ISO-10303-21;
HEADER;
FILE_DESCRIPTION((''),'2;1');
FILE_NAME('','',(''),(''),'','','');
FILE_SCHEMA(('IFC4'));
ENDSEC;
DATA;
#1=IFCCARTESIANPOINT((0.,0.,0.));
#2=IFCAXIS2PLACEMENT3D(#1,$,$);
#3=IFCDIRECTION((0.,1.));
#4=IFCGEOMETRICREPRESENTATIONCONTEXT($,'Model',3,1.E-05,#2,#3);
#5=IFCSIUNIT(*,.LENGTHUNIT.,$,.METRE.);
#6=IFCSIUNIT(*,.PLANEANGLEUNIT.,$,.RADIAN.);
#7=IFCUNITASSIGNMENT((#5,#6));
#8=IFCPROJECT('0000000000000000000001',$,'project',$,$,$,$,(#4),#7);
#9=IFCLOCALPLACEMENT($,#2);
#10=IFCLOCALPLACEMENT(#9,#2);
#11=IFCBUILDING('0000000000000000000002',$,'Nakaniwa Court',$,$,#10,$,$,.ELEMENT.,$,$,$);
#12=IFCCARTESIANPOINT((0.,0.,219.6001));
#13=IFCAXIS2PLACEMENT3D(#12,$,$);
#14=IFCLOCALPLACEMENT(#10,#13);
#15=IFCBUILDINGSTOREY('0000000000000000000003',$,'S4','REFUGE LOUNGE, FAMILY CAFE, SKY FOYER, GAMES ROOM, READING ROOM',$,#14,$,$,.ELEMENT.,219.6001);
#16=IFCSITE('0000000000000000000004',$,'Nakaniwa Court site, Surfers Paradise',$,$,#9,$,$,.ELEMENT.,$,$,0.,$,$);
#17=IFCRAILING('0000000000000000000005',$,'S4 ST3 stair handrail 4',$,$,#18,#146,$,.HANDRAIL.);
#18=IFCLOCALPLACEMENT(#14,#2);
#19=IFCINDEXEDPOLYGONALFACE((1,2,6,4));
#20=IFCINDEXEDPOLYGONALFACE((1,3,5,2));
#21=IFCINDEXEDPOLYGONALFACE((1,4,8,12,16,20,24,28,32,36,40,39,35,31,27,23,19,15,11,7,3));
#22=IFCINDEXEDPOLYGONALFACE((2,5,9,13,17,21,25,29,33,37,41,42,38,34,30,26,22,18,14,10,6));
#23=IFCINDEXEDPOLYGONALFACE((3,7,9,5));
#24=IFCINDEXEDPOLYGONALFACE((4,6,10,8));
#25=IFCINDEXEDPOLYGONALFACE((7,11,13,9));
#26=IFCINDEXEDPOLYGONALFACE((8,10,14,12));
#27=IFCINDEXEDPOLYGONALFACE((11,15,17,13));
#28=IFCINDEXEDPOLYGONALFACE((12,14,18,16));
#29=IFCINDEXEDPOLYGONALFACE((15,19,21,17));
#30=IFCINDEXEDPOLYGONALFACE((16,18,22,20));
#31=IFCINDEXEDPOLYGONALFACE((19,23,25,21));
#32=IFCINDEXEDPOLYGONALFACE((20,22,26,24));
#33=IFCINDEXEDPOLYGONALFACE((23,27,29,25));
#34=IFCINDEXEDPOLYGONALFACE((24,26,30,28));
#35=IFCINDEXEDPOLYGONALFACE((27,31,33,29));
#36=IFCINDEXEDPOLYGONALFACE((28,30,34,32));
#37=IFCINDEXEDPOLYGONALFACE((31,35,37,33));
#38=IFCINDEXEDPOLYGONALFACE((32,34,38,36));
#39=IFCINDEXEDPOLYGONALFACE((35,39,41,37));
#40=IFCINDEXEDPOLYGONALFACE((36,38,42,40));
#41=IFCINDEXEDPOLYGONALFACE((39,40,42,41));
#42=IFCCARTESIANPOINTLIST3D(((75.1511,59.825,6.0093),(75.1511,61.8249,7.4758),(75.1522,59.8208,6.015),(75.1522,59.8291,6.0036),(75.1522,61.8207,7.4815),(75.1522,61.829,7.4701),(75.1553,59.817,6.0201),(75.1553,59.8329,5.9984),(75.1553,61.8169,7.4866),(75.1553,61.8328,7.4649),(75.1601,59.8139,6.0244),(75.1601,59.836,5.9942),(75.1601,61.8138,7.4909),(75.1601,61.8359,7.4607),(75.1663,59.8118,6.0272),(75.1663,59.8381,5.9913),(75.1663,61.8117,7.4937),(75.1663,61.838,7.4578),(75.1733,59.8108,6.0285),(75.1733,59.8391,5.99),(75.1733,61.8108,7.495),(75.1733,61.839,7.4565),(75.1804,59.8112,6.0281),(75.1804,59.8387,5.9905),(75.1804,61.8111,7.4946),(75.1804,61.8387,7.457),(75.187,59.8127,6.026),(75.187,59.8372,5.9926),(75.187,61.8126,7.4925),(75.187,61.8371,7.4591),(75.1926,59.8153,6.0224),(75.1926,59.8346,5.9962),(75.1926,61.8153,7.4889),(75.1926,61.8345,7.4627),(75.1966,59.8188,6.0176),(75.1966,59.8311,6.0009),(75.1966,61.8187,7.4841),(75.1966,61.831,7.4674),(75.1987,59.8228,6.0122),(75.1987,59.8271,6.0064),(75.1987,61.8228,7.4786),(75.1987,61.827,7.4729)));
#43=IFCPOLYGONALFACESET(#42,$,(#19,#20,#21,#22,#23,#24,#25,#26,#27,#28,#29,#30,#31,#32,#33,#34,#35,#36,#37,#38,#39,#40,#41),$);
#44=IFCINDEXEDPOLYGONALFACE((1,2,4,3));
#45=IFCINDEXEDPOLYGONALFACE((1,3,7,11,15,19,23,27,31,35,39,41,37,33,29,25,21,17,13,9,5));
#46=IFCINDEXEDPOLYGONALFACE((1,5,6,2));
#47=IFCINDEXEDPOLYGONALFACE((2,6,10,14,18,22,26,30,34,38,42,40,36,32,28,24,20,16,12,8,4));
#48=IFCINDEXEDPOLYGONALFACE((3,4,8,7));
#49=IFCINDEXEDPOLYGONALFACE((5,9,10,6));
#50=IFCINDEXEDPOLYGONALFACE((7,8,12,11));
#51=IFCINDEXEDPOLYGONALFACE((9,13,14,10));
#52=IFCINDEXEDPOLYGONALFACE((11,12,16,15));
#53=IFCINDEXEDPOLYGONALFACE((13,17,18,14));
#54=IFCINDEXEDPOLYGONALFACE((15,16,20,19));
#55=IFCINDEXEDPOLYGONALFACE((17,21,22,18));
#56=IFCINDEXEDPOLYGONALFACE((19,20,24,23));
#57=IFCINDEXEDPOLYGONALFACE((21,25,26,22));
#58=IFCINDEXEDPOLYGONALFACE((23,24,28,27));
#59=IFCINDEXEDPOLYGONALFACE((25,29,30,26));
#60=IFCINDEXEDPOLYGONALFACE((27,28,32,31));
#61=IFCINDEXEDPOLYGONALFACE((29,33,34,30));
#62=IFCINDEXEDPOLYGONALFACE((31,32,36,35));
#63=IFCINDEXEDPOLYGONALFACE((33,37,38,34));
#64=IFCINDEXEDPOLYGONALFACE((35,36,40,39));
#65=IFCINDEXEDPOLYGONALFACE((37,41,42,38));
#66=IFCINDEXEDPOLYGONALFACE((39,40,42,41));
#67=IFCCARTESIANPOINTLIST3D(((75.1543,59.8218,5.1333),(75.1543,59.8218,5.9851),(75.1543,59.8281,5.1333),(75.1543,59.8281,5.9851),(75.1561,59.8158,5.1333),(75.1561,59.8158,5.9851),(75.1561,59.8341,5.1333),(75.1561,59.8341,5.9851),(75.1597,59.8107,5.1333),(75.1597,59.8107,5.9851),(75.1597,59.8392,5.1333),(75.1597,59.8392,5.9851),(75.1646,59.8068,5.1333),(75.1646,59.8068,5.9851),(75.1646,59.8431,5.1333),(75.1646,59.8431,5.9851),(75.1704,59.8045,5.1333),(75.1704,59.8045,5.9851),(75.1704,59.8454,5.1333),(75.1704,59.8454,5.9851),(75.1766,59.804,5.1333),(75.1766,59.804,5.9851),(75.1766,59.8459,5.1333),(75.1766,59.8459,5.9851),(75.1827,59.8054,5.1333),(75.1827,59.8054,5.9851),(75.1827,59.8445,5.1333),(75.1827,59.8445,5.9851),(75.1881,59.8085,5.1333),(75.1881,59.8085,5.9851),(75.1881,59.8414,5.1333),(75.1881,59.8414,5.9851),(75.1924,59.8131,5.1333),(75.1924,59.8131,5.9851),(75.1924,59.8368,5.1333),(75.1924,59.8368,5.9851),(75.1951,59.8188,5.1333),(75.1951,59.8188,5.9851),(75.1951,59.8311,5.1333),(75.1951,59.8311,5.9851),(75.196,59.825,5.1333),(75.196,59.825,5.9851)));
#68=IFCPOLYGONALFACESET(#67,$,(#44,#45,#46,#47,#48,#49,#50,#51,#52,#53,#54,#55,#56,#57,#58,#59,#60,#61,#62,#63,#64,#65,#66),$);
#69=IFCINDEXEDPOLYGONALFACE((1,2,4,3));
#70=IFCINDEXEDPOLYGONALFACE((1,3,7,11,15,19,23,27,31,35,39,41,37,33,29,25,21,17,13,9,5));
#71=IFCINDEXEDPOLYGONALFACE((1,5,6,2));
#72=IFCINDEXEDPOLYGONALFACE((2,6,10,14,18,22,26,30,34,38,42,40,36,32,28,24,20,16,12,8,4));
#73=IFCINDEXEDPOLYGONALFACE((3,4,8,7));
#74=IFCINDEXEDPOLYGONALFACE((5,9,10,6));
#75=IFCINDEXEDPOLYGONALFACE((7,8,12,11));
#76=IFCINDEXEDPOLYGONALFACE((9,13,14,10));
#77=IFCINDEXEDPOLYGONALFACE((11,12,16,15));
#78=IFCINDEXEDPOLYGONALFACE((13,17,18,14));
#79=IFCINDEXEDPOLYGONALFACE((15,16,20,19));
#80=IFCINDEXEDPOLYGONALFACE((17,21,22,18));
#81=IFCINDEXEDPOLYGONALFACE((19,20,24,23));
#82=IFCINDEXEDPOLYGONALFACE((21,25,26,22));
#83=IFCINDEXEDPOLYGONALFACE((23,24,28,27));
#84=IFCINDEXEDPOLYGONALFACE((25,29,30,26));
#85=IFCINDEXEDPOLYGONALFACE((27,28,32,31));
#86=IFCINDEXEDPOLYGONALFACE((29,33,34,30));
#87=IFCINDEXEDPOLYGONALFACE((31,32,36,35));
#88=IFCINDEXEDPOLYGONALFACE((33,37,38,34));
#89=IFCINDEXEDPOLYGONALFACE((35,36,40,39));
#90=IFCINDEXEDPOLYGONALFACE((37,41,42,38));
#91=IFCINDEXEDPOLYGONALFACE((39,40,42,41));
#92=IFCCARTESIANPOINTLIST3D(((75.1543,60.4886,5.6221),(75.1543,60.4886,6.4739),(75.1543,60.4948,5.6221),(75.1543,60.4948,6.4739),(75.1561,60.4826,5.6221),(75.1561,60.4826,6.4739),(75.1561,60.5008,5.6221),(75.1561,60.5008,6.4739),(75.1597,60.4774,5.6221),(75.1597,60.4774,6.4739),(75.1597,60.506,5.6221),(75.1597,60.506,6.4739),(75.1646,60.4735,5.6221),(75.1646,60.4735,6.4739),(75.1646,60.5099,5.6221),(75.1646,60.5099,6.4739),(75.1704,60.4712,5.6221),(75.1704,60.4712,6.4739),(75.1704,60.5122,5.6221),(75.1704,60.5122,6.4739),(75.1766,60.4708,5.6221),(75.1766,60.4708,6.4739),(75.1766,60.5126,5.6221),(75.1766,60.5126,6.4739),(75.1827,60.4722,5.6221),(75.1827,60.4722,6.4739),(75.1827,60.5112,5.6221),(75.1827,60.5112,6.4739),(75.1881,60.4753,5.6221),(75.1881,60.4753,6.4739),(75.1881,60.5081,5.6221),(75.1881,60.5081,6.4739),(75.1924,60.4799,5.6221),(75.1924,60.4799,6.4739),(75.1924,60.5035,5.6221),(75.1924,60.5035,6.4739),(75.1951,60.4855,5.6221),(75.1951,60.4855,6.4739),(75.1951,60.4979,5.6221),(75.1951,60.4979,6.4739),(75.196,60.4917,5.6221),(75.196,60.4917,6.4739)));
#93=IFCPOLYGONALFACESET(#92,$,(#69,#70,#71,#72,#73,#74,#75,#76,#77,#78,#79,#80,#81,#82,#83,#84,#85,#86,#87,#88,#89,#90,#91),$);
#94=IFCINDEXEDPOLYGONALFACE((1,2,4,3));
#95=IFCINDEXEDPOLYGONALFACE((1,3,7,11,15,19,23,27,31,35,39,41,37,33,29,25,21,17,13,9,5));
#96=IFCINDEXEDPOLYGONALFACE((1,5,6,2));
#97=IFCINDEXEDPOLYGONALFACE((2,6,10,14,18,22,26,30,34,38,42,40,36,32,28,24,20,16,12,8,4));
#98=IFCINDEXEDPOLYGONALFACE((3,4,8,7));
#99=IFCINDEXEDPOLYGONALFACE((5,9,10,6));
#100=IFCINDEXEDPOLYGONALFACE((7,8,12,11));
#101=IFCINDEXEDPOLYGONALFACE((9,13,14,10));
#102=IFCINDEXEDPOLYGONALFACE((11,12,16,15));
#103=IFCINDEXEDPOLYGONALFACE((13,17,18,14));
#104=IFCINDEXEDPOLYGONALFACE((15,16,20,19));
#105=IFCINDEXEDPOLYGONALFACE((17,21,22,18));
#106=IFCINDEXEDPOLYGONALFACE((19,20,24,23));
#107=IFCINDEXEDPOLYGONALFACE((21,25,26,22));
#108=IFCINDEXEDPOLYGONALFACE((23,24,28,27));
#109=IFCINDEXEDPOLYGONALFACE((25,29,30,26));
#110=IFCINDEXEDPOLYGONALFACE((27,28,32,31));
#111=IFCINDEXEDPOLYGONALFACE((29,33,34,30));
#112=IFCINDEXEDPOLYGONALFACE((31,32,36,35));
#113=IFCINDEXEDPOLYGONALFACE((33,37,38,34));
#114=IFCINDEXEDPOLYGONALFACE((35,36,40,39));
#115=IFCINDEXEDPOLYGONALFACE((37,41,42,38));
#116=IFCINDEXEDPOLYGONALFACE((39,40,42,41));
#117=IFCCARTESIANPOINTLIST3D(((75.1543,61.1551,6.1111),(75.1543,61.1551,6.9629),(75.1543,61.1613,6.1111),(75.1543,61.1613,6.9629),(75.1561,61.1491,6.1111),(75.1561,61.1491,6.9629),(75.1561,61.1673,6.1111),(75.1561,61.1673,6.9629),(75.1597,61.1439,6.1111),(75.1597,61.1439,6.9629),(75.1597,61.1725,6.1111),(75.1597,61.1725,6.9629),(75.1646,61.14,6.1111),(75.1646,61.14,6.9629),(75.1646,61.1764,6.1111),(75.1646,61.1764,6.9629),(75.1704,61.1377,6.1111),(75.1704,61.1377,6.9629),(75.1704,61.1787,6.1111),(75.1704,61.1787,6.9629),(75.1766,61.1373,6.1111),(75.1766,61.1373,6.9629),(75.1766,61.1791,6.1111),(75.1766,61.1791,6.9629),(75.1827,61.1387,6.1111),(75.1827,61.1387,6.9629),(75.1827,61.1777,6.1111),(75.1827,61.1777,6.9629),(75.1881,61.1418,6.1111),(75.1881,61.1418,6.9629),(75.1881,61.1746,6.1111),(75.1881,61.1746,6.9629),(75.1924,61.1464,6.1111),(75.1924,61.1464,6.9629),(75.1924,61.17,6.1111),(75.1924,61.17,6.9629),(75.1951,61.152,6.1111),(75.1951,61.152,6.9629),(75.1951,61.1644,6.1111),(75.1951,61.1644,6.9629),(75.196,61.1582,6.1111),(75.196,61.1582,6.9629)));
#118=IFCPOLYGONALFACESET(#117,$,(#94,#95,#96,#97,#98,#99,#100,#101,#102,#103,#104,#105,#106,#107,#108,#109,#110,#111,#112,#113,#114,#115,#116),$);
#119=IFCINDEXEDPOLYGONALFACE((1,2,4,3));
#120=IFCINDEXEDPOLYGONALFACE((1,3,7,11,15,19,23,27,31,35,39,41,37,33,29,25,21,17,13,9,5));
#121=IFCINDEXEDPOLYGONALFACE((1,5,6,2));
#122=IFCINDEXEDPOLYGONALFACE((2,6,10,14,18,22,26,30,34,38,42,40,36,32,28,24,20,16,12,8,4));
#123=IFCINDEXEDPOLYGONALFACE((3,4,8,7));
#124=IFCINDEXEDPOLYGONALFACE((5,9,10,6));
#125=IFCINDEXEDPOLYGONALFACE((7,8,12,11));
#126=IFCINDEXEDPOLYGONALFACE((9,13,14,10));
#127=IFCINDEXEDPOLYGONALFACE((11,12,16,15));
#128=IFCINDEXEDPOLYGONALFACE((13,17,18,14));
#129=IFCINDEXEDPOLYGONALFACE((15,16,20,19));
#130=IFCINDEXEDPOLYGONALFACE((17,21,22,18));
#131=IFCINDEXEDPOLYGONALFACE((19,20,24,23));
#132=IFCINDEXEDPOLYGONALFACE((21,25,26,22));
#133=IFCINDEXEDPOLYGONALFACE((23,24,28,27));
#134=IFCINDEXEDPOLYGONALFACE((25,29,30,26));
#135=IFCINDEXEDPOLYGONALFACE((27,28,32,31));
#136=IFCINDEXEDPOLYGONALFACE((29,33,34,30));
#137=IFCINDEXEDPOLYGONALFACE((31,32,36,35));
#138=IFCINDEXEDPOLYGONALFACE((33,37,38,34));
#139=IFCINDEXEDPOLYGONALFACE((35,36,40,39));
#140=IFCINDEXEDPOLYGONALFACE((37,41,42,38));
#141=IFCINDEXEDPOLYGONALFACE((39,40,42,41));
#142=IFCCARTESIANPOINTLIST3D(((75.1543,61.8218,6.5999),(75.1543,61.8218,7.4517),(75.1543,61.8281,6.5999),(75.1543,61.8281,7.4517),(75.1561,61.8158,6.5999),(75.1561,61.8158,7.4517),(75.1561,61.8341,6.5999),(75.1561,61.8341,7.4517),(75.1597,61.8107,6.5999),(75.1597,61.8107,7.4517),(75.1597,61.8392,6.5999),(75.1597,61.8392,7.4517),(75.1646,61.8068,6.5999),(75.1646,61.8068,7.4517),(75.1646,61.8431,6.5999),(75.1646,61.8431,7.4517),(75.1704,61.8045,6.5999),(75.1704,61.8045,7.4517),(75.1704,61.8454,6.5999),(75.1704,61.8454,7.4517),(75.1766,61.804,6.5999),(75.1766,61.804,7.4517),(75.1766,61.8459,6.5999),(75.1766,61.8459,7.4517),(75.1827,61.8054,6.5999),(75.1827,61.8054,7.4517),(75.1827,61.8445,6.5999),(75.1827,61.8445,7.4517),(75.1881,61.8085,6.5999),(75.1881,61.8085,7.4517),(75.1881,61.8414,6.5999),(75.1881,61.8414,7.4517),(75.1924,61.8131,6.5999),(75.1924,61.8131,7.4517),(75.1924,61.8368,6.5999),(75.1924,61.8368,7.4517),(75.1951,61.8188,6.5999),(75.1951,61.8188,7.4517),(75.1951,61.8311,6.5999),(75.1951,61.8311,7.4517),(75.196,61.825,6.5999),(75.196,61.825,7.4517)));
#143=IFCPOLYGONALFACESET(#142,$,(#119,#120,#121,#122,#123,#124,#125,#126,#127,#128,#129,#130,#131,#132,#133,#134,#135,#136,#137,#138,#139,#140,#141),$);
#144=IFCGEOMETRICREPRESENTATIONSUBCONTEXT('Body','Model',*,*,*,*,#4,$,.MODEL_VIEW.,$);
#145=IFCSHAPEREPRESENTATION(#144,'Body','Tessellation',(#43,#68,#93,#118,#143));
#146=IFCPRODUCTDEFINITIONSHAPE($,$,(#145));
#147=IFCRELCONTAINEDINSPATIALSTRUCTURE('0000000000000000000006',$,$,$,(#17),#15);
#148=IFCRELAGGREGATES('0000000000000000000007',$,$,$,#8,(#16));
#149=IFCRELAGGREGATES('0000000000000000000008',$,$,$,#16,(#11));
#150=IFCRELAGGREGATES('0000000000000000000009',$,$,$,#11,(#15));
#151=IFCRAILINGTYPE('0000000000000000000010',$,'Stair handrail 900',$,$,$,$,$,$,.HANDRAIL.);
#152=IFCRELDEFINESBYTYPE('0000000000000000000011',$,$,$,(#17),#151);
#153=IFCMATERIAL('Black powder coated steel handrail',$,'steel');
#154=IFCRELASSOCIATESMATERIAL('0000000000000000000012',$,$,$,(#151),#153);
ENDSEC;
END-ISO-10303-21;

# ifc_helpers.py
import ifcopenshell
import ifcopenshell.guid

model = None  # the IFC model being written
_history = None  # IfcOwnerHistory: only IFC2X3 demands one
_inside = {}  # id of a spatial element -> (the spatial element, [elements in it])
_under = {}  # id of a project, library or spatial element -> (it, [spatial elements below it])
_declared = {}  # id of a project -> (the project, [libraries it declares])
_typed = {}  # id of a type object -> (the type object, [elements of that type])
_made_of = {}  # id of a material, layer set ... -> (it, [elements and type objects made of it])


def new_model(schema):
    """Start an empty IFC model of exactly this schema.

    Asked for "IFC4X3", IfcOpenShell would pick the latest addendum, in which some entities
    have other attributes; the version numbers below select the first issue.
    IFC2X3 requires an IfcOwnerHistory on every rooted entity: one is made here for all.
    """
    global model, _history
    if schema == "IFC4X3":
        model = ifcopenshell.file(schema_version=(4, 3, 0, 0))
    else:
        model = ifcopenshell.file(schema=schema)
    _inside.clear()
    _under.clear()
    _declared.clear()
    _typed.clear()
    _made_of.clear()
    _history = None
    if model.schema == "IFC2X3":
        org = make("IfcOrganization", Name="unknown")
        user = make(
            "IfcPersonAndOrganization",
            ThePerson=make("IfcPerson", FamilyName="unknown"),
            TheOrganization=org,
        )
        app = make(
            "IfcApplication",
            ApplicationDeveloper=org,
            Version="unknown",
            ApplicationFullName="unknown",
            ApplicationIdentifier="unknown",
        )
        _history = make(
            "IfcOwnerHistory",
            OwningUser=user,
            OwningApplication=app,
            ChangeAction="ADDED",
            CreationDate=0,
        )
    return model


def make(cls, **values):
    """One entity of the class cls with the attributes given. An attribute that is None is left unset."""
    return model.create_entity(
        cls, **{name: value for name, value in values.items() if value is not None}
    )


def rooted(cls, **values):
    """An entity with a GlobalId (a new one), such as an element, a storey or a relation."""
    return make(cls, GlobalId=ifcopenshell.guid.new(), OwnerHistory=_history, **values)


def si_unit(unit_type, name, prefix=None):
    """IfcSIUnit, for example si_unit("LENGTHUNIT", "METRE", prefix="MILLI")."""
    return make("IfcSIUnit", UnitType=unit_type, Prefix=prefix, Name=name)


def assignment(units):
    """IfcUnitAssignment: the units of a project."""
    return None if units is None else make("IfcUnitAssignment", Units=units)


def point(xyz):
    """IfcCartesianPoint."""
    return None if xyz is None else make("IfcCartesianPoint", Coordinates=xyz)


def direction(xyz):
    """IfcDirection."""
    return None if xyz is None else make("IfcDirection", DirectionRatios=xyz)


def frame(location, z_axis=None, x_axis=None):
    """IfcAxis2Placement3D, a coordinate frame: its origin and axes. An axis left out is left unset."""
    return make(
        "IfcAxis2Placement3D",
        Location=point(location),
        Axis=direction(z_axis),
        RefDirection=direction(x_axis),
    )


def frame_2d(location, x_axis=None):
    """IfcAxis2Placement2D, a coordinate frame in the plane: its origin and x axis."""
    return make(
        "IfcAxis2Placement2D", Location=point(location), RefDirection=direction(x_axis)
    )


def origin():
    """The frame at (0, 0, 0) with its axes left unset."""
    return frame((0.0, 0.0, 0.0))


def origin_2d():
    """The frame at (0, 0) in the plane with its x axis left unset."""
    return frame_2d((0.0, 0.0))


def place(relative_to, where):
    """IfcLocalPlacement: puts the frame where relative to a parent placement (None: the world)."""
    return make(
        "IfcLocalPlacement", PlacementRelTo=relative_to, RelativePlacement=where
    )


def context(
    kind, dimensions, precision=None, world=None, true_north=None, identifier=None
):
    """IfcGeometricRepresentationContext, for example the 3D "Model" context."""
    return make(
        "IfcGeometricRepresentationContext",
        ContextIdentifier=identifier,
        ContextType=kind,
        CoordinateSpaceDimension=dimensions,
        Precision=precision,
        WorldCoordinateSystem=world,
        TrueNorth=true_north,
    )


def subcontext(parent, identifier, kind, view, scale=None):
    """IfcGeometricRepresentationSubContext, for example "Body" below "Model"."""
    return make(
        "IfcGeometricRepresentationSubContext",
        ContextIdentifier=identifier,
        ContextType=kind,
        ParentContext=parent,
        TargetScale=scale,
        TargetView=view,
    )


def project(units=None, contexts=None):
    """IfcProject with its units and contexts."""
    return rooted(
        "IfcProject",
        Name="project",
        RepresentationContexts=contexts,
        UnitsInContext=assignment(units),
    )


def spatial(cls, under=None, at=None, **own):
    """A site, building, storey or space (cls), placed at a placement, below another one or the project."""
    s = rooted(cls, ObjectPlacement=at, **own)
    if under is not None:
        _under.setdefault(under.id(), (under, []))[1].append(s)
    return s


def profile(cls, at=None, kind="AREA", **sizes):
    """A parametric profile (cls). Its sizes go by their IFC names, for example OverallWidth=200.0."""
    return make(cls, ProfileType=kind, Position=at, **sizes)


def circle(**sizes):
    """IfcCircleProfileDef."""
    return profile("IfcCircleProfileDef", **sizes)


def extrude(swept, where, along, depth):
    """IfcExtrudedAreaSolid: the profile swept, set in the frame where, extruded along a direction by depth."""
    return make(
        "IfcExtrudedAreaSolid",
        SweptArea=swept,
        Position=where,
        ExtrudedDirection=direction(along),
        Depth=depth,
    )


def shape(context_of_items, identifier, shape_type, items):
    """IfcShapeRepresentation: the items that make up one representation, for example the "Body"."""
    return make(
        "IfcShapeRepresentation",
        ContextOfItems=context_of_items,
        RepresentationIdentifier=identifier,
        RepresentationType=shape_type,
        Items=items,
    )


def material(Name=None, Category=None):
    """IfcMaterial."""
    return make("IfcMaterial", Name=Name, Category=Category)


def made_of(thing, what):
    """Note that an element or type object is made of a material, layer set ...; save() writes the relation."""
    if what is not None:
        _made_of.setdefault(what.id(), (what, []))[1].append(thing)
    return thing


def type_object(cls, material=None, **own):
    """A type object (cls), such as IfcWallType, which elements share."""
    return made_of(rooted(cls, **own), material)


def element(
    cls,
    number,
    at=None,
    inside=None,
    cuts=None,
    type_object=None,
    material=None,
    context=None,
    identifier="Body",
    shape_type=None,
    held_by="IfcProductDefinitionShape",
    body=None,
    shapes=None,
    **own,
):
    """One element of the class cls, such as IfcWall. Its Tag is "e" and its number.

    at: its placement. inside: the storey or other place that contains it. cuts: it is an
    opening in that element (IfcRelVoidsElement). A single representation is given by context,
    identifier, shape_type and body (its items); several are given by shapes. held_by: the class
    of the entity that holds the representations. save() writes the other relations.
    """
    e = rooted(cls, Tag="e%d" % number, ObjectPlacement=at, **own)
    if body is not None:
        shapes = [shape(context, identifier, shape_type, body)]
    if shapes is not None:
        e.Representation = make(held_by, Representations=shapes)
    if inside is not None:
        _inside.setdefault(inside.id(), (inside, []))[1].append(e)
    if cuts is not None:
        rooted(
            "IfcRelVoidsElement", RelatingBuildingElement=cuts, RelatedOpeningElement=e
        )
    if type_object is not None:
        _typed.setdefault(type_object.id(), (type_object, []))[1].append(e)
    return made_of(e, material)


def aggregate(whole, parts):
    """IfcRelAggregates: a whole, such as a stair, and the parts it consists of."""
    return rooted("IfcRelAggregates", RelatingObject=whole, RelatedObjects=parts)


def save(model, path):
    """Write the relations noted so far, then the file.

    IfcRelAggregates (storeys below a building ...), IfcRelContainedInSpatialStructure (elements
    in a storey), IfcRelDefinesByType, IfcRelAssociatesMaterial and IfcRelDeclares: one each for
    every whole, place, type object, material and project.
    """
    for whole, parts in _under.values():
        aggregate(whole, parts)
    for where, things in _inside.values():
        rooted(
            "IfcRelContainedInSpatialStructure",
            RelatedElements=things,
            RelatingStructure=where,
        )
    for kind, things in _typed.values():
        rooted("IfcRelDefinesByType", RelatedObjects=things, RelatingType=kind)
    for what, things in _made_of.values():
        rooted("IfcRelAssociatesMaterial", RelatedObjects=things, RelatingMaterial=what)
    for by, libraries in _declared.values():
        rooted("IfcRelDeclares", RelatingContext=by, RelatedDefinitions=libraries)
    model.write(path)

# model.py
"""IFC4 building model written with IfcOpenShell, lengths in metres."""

from ifc_helpers import new_model, si_unit, direction, frame, origin, origin_2d, place, context, subcontext, project, spatial, circle, extrude, material, type_object, element, save


model = new_model("IFC4")

# Units and contexts
model_context = context("Model", 3, precision=1e-05, world=origin(), true_north=direction((0.0, 1.0)))
body_context = subcontext(model_context, "Body", "Model", "MODEL_VIEW")
ifc_project = project(units=[si_unit("LENGTHUNIT", "METRE"), si_unit("PLANEANGLEUNIT", "RADIAN")], contexts=[model_context])

# Site, building, storey
site_placement = place(None, origin())
site = spatial("IfcSite", under=ifc_project, at=site_placement, Name="Nakaniwa Court site, Surfers Paradise", CompositionType="ELEMENT", RefElevation=0.0)
building_placement = place(site_placement, origin())
building = spatial("IfcBuilding", under=site, at=building_placement, Name="Nakaniwa Court", CompositionType="ELEMENT")
storey_placement = place(building_placement, frame((0.0, 0.0, 219.6001)))
storey = spatial("IfcBuildingStorey", under=building, at=storey_placement, Name="S4", Description="REFUGE LOUNGE, FAMILY CAFE, SKY FOYER, GAMES ROOM, READING ROOM", CompositionType="ELEMENT", Elevation=219.6001)

# Railing
ifc_material_1 = material(Name="Black powder coated steel handrail", Category="steel")
railing_type_1 = type_object("IfcRailingType", Name="Stair handrail 900", PredefinedType="HANDRAIL", material=ifc_material_1)
for number, where, name in (
    (1, (75.175, 59.825, 5.1333), "S4 ST3 stair handrail 4"),
):
    element("IfcRailing", number, at=place(storey_placement, frame(where)), inside=storey, type_object=railing_type_1, Name=name, PredefinedType="HANDRAIL", context=body_context, shape_type="SweptSolid", body=[
        extrude(circle(Radius=0.0239, at=origin_2d()), frame((0.0, 0.0, 0.876), z_axis=(0.0, 0.806427, 0.591334), x_axis=(-1.0, 0.0, 0.0)), (0.0, 0.0, 1.0), 2.48),
        extrude(circle(Radius=0.021, at=origin_2d()), origin(), (0.0, 0.0, 1.0), 0.8518),
        extrude(circle(Radius=0.021, at=origin_2d()), frame((0.0, 0.6667, 0.4888)), (0.0, 0.0, 1.0), 0.8518),
        extrude(circle(Radius=0.021, at=origin_2d()), frame((0.0, 1.3333, 0.9778)), (0.0, 0.0, 1.0), 0.8518),
        extrude(circle(Radius=0.021, at=origin_2d()), frame((0.0, 2.0, 1.4666)), (0.0, 0.0, 1.0), 0.8518),
    ])

save(model, "model.ifc")
